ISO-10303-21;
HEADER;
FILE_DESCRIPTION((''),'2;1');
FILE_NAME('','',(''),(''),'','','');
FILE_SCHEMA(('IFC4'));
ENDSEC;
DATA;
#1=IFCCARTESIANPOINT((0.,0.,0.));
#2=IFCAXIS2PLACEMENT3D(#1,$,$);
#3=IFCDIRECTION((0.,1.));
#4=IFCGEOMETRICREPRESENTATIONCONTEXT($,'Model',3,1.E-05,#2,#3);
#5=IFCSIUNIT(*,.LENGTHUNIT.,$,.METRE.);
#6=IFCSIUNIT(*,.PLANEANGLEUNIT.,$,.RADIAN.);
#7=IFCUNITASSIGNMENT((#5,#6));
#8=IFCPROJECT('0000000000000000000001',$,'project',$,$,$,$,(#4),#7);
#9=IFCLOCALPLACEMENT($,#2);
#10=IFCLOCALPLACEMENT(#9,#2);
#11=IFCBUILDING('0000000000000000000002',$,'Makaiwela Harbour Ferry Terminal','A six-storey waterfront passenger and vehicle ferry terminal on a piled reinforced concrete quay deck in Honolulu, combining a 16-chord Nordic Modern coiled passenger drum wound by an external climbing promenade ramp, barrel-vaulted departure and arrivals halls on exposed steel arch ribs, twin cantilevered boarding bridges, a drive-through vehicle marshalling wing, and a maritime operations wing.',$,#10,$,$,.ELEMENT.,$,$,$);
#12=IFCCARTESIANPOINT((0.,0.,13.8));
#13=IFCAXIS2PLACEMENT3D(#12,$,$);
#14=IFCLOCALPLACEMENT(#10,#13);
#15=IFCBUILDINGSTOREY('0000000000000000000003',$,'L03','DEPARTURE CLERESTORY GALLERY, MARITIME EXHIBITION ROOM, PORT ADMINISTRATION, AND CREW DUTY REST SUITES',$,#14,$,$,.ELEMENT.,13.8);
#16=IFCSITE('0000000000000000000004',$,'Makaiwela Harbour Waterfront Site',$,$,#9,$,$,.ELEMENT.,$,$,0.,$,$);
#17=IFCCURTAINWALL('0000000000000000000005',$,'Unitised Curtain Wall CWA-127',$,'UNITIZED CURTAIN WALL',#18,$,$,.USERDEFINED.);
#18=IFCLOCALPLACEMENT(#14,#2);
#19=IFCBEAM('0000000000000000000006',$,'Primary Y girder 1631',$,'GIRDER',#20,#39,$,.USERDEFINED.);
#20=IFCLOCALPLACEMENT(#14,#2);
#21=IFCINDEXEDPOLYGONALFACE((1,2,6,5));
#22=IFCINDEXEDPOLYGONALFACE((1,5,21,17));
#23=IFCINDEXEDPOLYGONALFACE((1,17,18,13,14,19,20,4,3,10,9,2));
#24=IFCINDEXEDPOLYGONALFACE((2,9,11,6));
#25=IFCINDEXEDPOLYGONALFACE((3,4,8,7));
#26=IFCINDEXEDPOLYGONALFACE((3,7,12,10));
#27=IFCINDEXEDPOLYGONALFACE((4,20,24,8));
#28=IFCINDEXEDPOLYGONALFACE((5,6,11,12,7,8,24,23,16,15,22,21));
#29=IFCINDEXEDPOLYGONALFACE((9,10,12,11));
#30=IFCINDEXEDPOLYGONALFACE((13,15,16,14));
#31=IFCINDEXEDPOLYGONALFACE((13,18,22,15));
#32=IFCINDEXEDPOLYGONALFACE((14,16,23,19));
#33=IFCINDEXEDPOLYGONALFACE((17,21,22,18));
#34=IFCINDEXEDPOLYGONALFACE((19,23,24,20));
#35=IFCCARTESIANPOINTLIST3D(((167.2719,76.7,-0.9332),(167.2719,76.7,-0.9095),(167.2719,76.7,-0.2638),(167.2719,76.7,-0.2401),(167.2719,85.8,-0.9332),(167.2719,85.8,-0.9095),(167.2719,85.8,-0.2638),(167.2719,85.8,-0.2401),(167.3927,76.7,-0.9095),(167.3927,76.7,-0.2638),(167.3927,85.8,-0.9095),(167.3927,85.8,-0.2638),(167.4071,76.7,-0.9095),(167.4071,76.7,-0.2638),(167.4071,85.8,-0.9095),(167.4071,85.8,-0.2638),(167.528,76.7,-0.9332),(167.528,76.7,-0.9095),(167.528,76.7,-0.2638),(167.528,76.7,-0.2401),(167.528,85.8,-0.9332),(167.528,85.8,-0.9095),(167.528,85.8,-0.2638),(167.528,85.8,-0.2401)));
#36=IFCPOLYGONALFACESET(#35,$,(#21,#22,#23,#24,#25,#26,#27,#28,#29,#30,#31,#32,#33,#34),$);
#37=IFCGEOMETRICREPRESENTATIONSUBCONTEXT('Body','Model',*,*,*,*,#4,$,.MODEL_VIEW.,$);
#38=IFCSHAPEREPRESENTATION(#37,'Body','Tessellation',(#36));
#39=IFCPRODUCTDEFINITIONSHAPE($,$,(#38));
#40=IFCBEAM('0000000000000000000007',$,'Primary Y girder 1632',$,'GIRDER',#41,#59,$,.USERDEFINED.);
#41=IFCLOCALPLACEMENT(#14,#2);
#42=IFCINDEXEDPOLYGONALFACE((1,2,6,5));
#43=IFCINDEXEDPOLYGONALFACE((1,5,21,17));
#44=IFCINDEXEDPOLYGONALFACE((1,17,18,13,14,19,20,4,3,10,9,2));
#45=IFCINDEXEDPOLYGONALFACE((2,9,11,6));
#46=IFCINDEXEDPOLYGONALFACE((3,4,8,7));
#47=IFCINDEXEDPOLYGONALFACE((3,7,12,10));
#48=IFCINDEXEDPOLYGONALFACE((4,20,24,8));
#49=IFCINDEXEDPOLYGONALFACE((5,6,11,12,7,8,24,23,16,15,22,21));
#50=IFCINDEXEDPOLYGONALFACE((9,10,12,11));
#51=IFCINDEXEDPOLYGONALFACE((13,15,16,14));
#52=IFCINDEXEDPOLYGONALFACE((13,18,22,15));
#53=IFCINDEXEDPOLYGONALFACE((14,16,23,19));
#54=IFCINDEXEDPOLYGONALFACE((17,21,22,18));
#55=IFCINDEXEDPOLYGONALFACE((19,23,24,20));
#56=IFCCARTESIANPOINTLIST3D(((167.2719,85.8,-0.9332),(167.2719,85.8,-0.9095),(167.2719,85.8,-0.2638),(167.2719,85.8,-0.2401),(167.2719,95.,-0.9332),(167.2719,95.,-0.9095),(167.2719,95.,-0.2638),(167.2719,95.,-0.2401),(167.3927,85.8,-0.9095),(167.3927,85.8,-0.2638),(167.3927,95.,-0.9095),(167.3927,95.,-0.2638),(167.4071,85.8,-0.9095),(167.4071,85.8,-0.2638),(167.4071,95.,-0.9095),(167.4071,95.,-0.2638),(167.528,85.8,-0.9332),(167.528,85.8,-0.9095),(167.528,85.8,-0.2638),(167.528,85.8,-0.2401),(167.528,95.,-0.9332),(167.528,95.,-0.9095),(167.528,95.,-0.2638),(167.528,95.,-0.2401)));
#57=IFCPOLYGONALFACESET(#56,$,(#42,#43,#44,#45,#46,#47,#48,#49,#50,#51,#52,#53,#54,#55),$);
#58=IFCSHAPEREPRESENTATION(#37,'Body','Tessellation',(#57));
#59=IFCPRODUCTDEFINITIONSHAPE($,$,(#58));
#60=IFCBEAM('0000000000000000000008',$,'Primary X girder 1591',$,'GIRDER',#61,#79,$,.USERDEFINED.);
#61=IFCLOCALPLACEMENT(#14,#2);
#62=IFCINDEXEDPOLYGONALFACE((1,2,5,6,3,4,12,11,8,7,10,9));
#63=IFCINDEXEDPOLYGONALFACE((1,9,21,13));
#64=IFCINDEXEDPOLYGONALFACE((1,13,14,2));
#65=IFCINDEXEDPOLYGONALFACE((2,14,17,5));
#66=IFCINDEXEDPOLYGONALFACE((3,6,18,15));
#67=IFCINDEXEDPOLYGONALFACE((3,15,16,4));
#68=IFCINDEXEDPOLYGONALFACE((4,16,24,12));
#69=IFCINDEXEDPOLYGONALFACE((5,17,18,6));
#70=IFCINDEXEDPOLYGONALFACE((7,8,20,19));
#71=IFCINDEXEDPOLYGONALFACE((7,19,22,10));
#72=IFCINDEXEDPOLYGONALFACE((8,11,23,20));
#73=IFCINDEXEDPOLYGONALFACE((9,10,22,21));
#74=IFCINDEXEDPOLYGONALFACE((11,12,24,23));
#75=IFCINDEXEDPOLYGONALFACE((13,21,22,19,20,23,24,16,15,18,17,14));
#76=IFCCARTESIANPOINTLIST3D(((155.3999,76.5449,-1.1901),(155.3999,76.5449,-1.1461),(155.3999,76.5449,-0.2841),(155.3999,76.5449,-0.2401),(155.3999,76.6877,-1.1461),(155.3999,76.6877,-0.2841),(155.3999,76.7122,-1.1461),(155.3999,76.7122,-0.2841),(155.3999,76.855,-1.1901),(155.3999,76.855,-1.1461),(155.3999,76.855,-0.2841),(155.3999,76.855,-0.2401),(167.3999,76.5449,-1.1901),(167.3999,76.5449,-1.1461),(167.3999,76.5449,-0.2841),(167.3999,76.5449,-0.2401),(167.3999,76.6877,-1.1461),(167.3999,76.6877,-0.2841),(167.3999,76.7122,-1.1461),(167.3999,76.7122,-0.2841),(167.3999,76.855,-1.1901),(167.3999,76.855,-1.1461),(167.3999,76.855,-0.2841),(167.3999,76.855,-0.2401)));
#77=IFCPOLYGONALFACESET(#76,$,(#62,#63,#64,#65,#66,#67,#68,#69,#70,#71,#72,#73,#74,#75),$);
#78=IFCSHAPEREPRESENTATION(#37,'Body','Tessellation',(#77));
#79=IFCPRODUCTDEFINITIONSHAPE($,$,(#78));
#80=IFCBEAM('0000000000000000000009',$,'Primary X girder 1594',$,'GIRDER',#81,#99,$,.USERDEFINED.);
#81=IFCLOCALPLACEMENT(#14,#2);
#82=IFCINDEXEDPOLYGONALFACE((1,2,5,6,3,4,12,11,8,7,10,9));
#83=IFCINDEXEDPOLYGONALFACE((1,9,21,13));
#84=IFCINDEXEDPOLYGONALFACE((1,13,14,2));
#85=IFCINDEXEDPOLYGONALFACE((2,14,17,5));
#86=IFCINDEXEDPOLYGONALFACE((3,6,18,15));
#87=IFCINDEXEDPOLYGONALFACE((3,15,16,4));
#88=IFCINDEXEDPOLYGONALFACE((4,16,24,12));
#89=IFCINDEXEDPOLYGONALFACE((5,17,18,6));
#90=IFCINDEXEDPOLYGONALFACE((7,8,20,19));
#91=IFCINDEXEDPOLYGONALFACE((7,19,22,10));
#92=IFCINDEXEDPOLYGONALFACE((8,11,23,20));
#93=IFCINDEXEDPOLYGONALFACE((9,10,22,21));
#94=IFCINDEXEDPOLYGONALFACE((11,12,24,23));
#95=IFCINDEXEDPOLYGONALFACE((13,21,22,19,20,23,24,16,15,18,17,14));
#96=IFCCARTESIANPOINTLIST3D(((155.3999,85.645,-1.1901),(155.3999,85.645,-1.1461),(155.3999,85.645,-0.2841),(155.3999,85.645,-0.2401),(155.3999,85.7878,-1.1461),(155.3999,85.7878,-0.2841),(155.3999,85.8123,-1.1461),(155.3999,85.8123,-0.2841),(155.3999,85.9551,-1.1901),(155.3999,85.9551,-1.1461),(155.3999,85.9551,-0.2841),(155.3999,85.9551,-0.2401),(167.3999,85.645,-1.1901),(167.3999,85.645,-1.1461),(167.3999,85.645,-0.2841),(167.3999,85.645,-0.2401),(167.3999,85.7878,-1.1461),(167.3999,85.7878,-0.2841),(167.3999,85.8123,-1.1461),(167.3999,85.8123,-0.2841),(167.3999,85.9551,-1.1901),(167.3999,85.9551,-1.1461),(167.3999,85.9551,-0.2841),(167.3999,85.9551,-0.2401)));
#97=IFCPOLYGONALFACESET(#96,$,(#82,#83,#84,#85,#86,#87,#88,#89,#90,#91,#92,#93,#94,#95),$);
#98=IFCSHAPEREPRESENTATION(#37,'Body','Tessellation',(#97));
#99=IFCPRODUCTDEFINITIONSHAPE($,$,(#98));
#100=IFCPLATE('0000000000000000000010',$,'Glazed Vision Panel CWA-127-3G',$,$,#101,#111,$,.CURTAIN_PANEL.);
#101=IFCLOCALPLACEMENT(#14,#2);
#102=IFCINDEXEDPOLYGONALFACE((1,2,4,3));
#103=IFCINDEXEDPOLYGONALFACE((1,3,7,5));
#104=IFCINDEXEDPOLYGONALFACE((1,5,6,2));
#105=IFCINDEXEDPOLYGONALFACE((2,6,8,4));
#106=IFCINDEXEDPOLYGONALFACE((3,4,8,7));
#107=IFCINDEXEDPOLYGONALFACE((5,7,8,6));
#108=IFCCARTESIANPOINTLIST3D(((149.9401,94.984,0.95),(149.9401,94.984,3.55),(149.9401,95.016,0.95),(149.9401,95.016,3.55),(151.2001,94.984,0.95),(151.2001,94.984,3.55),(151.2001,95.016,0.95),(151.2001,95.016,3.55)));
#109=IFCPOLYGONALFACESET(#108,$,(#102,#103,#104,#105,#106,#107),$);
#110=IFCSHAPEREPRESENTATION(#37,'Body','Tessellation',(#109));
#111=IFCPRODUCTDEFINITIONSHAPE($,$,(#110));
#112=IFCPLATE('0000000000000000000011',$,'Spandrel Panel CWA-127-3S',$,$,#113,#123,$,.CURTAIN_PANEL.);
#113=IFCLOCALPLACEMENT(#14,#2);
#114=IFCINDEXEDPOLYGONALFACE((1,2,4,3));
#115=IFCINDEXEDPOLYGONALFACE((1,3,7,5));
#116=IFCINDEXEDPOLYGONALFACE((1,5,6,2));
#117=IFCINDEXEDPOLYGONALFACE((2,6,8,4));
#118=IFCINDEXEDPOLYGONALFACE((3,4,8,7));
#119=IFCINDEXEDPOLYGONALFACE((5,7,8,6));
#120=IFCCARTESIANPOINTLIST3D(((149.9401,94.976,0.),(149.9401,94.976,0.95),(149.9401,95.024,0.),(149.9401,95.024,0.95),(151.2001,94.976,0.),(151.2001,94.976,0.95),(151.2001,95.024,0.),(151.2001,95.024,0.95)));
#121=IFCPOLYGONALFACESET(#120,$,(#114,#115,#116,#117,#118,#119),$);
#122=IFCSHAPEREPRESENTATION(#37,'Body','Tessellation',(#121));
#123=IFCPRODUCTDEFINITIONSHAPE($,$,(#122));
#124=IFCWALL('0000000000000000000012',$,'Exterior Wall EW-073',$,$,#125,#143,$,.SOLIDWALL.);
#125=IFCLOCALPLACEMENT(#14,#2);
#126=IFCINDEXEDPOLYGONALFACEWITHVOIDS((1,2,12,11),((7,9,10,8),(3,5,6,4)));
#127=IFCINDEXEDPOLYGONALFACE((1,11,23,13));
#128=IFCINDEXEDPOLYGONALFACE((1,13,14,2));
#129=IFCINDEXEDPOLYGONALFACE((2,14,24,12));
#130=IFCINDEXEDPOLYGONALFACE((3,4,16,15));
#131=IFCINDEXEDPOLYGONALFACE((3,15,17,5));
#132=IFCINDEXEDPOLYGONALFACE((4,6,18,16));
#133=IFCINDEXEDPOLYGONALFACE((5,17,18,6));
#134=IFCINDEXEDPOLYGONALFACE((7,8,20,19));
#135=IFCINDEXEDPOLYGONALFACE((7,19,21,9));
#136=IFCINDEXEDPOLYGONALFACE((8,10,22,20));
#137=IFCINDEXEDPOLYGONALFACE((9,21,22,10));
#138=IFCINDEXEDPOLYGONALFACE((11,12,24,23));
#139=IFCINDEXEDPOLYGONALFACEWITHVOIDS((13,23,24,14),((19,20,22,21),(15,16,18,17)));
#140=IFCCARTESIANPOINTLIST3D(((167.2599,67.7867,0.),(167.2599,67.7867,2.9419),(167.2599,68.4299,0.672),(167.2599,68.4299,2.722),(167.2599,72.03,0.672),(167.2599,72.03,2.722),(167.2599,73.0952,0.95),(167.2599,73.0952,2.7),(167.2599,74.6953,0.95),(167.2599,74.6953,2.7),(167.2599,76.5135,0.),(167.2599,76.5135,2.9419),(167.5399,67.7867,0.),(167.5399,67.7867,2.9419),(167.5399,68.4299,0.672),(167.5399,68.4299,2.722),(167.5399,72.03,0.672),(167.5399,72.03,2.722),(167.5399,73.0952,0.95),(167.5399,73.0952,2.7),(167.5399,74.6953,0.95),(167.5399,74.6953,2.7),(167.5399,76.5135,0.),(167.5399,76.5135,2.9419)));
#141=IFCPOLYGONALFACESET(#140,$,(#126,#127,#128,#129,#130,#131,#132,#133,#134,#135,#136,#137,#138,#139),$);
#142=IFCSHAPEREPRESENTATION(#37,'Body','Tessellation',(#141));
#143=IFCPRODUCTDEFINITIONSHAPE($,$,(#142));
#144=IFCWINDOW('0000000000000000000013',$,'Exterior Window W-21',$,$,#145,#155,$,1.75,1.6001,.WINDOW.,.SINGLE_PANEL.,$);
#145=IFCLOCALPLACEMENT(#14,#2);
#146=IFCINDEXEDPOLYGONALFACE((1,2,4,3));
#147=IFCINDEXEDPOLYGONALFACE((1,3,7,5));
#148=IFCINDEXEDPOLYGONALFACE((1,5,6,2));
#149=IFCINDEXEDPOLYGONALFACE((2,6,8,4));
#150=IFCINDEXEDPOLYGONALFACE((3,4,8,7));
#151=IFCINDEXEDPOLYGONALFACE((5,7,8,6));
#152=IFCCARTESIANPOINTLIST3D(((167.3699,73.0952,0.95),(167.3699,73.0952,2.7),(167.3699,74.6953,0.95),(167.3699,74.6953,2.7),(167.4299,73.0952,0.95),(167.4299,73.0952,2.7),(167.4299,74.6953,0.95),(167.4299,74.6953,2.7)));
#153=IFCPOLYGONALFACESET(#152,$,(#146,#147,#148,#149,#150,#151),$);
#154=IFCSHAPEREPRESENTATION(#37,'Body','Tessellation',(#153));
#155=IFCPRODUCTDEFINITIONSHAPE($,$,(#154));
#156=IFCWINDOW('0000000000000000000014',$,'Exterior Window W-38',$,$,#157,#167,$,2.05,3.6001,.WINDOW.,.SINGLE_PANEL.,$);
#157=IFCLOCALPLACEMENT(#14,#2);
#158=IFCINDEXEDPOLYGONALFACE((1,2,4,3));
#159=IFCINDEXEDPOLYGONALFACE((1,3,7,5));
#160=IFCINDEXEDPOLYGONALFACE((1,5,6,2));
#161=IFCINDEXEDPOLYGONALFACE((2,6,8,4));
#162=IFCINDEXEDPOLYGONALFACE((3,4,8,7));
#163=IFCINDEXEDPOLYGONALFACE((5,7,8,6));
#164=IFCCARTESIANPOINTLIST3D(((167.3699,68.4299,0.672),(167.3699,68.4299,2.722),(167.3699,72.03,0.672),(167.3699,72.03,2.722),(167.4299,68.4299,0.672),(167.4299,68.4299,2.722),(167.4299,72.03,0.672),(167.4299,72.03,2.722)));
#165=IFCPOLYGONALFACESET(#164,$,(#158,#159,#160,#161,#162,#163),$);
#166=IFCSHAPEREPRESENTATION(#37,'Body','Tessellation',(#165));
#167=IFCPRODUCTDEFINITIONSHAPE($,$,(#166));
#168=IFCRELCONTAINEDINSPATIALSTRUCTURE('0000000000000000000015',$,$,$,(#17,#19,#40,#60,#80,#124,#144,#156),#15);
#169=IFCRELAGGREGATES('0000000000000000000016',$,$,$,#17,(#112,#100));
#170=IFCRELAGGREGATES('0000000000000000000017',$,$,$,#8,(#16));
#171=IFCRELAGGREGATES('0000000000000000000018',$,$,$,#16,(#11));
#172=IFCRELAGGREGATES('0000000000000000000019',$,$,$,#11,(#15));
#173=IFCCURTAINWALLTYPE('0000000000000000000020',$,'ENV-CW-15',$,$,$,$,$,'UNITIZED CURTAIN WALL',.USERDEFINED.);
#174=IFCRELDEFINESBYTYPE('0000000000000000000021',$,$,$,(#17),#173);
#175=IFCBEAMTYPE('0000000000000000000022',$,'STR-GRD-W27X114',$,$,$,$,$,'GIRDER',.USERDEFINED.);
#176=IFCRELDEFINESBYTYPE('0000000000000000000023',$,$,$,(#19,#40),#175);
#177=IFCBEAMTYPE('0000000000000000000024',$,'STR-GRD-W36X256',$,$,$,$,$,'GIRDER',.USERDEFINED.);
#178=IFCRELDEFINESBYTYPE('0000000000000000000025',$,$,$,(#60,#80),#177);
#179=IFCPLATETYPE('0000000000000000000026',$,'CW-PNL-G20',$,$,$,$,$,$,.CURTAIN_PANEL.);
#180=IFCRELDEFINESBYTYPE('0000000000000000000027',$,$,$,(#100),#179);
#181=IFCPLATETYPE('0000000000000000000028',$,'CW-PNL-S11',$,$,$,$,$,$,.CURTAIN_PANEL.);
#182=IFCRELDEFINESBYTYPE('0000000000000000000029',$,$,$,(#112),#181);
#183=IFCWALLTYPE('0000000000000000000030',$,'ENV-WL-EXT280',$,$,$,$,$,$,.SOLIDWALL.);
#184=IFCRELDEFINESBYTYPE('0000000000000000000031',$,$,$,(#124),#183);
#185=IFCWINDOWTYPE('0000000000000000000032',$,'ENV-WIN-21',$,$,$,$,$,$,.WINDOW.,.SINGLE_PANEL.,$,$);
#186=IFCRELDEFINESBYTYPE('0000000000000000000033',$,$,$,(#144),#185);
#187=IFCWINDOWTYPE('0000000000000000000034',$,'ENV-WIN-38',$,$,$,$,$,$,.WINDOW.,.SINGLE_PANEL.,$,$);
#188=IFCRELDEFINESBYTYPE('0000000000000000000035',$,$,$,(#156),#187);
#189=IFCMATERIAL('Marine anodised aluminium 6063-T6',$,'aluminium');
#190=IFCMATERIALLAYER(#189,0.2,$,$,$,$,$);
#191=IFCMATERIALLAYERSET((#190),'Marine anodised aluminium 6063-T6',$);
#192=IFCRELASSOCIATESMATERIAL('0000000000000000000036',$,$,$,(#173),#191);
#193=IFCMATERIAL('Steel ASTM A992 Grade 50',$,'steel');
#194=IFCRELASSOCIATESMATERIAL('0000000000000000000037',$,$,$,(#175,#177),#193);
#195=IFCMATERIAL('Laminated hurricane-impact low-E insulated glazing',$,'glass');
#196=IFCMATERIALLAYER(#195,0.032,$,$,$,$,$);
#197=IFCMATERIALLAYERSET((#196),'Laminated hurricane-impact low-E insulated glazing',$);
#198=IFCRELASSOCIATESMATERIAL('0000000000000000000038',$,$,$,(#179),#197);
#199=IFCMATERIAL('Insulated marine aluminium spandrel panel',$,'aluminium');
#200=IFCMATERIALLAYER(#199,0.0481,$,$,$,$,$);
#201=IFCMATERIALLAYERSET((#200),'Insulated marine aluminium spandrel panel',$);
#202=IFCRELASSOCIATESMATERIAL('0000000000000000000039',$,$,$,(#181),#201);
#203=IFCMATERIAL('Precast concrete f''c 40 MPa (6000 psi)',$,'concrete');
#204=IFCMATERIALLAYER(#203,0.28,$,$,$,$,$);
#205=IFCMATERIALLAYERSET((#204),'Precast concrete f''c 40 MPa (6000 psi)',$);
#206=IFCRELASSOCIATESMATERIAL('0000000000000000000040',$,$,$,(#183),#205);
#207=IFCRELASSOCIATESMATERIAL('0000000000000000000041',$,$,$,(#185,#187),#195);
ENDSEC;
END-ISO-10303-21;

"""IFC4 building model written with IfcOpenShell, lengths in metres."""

from ifc_helpers import new_model, si_unit, direction, frame, frame_2d, origin, origin_2d, place, context, subcontext, project, spatial, rectangle, i_section, extrude, material, layer, layer_set, material_profile, profile_set, type_object, element, fill, aggregate, save


model = new_model("IFC4")

# Units and contexts
model_context = context("Model", 3, precision=1e-05, world=origin(), true_north=direction((0.0, 1.0)))
body_context = subcontext(model_context, "Body", "Model", "MODEL_VIEW")
ifc_project = project(units=[si_unit("LENGTHUNIT", "METRE"), si_unit("PLANEANGLEUNIT", "RADIAN")], contexts=[model_context])

# Site, building, storey
site_placement = place(None, origin())
site = spatial("IfcSite", under=ifc_project, at=site_placement, Name="Makaiwela Harbour Waterfront Site", CompositionType="ELEMENT", RefElevation=0.0)
building_placement = place(site_placement, origin())
building = spatial("IfcBuilding", under=site, at=building_placement, Name="Makaiwela Harbour Ferry Terminal", Description="A six-storey waterfront passenger and vehicle ferry terminal on a piled reinforced concrete quay deck in Honolulu, combining a 16-chord Nordic Modern coiled passenger drum wound by an external climbing promenade ramp, barrel-vaulted departure and arrivals halls on exposed steel arch ribs, twin cantilevered boarding bridges, a drive-through vehicle marshalling wing, and a maritime operations wing.", CompositionType="ELEMENT")
storey_placement = place(building_placement, frame((0.0, 0.0, 13.8)))
storey = spatial("IfcBuildingStorey", under=building, at=storey_placement, Name="L03", Description="DEPARTURE CLERESTORY GALLERY, MARITIME EXHIBITION ROOM, PORT ADMINISTRATION, AND CREW DUTY REST SUITES", CompositionType="ELEMENT", Elevation=13.8)

# Shared definitions
ifc_material_1 = material(Name="Steel ASTM A992 Grade 50", Category="steel")

# Curtain wall
ifc_material_2 = material(Name="Marine anodised aluminium 6063-T6", Category="aluminium")
ifc_layer_1 = layer(ifc_material_2, 0.2)
ifc_layer_set_1 = layer_set([ifc_layer_1], Name="Marine anodised aluminium 6063-T6")
curtain_wall_type = type_object("IfcCurtainWallType", Name="ENV-CW-15", ElementType="UNITIZED CURTAIN WALL", PredefinedType="USERDEFINED", material=ifc_layer_set_1)
curtain_wall_placement = place(storey_placement, origin())
curtain_wall = element("IfcCurtainWall", 1, at=curtain_wall_placement, inside=storey, type_object=curtain_wall_type, Name="Unitised Curtain Wall CWA-127", ObjectType="UNITIZED CURTAIN WALL", PredefinedType="USERDEFINED")

# Beams
ifc_material_profile_1 = material_profile(ifc_material_1, i_section(OverallWidth=0.2561, OverallDepth=0.6931, WebThickness=0.0144, FlangeThickness=0.0237, at=origin_2d()), Name="W27X114")
ifc_profile_set_1 = profile_set([ifc_material_profile_1], Name="Steel ASTM A992 Grade 50")
beam_type_1 = type_object("IfcBeamType", Name="STR-GRD-W27X114", ElementType="GIRDER", PredefinedType="USERDEFINED", material=ifc_profile_set_1)
beam_1_placement = place(storey_placement, frame((167.3999, 76.7, -0.5867), z_axis=(0.0, 1.0, 0.0), x_axis=(-1.0, 0.0, 0.0)))
element("IfcBeam", 2, at=beam_1_placement, inside=storey, type_object=beam_type_1, Name="Primary Y girder 1631", ObjectType="GIRDER", PredefinedType="USERDEFINED", context=body_context, shape_type="SweptSolid", body=[
    extrude(i_section(OverallWidth=0.2561, OverallDepth=0.6931, WebThickness=0.0144, FlangeThickness=0.0237, at=origin_2d()), origin(), (0.0, 0.0, 1.0), 9.1001),
])
beam_2_placement = place(storey_placement, frame((167.3999, 85.8, -0.5867), z_axis=(0.0, 1.0, 0.0), x_axis=(-1.0, 0.0, 0.0)))
element("IfcBeam", 3, at=beam_2_placement, inside=storey, type_object=beam_type_1, Name="Primary Y girder 1632", ObjectType="GIRDER", PredefinedType="USERDEFINED", context=body_context, shape_type="SweptSolid", body=[
    extrude(i_section(OverallWidth=0.2561, OverallDepth=0.6931, WebThickness=0.0144, FlangeThickness=0.0237, at=origin_2d()), origin(), (0.0, 0.0, 1.0), 9.2),
])
ifc_material_profile_2 = material_profile(ifc_material_1, i_section(OverallWidth=0.3101, OverallDepth=0.95, WebThickness=0.0244, FlangeThickness=0.0439, at=origin_2d()), Name="W36X256")
ifc_profile_set_2 = profile_set([ifc_material_profile_2], Name="Steel ASTM A992 Grade 50")
beam_type_2 = type_object("IfcBeamType", Name="STR-GRD-W36X256", ElementType="GIRDER", PredefinedType="USERDEFINED", material=ifc_profile_set_2)
for number, where, z_axis, x_axis, name in (
    (4, (155.3999, 76.7, -0.7151), (1.0, 0.0, 0.0), (0.0, 1.0, 0.0), "Primary X girder 1591"),
    (5, (155.3999, 85.8, -0.7151), (1.0, 0.0, 0.0), (0.0, 1.0, 0.0), "Primary X girder 1594"),
):
    element("IfcBeam", number, at=place(storey_placement, frame(where, z_axis=z_axis, x_axis=x_axis)), inside=storey, type_object=beam_type_2, Name=name, ObjectType="GIRDER", PredefinedType="USERDEFINED", context=body_context, shape_type="SweptSolid", body=[
        extrude(i_section(OverallWidth=0.3101, OverallDepth=0.95, WebThickness=0.0244, FlangeThickness=0.0439, at=origin_2d()), origin(), (0.0, 0.0, 1.0), 12.0),
    ])

# Plates
ifc_material_3 = material(Name="Laminated hurricane-impact low-E insulated glazing", Category="glass")
ifc_layer_2 = layer(ifc_material_3, 0.032)
ifc_layer_set_2 = layer_set([ifc_layer_2], Name="Laminated hurricane-impact low-E insulated glazing")
plate_type_1 = type_object("IfcPlateType", Name="CW-PNL-G20", PredefinedType="CURTAIN_PANEL", material=ifc_layer_set_2)
plate_1_placement = place(storey_placement, frame((150.5701, 95.0, 0.95), z_axis=(0.0, 0.0, 1.0), x_axis=(1.0, 0.0, 0.0)))
plate_1 = element("IfcPlate", 6, at=plate_1_placement, type_object=plate_type_1, Name="Glazed Vision Panel CWA-127-3G", PredefinedType="CURTAIN_PANEL", context=body_context, shape_type="SweptSolid", body=[
    extrude(rectangle(XDim=1.26, YDim=0.032, at=origin_2d()), origin(), (0.0, 0.0, 1.0), 2.6001),
])
ifc_material_4 = material(Name="Insulated marine aluminium spandrel panel", Category="aluminium")
ifc_layer_3 = layer(ifc_material_4, 0.0481)
ifc_layer_set_3 = layer_set([ifc_layer_3], Name="Insulated marine aluminium spandrel panel")
plate_type_2 = type_object("IfcPlateType", Name="CW-PNL-S11", PredefinedType="CURTAIN_PANEL", material=ifc_layer_set_3)
plate_2_placement = place(storey_placement, frame((150.5701, 95.0, 0.0), z_axis=(0.0, 0.0, 1.0), x_axis=(1.0, 0.0, 0.0)))
plate_2 = element("IfcPlate", 7, at=plate_2_placement, type_object=plate_type_2, Name="Spandrel Panel CWA-127-3S", PredefinedType="CURTAIN_PANEL", context=body_context, shape_type="SweptSolid", body=[
    extrude(rectangle(XDim=1.26, YDim=0.0481, at=origin_2d()), origin(), (0.0, 0.0, 1.0), 0.95),
])
aggregate(curtain_wall, [plate_2, plate_1])

# Wall, openings, windows
ifc_material_5 = material(Name="Precast concrete f'c 40 MPa (6000 psi)", Category="concrete")
ifc_layer_4 = layer(ifc_material_5, 0.28)
ifc_layer_set_4 = layer_set([ifc_layer_4], Name="Precast concrete f'c 40 MPa (6000 psi)")
wall_type = type_object("IfcWallType", Name="ENV-WL-EXT280", PredefinedType="SOLIDWALL", material=ifc_layer_set_4)
wall_1_placement = place(storey_placement, frame((167.3999, 76.5134, 0.0), z_axis=(0.0, 0.0, 1.0), x_axis=(0.0, -1.0, 0.0)))
wall_1 = element("IfcWall", 8, at=wall_1_placement, inside=storey, type_object=wall_type, Name="Exterior Wall EW-073", PredefinedType="SOLIDWALL", context=body_context, shape_type="SweptSolid", body=[
    extrude(rectangle(XDim=8.7268, YDim=0.28, at=frame_2d((4.3633, 0.0))), origin(), (0.0, 0.0, 1.0), 2.9419),
])
opening_1_placement = place(wall_1_placement, frame((1.8181, 0.0, 0.95)))
opening_1 = element("IfcOpeningElement", 9, at=opening_1_placement, cuts=wall_1, PredefinedType="OPENING", context=body_context, shape_type="SweptSolid", body=[
    extrude(rectangle(XDim=1.6001, YDim=1.75, at=frame_2d((0.8, 0.875))), frame((0.0, 0.1499, 0.0), z_axis=(0.0, -1.0, 0.0), x_axis=(1.0, 0.0, 0.0)), (0.0, 0.0, 1.0), 0.3),
])
opening_2_placement = place(wall_1_placement, frame((4.4834, 0.0, 0.6721)))
opening_2 = element("IfcOpeningElement", 10, at=opening_2_placement, cuts=wall_1, PredefinedType="OPENING", context=body_context, shape_type="SweptSolid", body=[
    extrude(rectangle(XDim=3.6001, YDim=2.05, at=frame_2d((1.8, 1.0249))), frame((0.0, 0.1499, 0.0), z_axis=(0.0, -1.0, 0.0), x_axis=(1.0, 0.0, 0.0)), (0.0, 0.0, 1.0), 0.3),
])
window_type_1 = type_object("IfcWindowType", Name="ENV-WIN-21", PartitioningType="SINGLE_PANEL", PredefinedType="WINDOW", material=ifc_material_3)
window_1_placement = place(opening_1_placement, origin())
window_1 = element("IfcWindow", 11, at=window_1_placement, inside=storey, type_object=window_type_1, Name="Exterior Window W-21", OverallHeight=1.75, OverallWidth=1.6001, PartitioningType="SINGLE_PANEL", PredefinedType="WINDOW", context=body_context, shape_type="SweptSolid", body=[
    extrude(rectangle(XDim=1.6001, YDim=1.75, at=frame_2d((0.8, 0.875))), frame((0.0, 0.03, 0.0), z_axis=(0.0, -1.0, 0.0), x_axis=(1.0, 0.0, 0.0)), (0.0, 0.0, 1.0), 0.0601),
])
fill(opening_1, window_1)
window_type_2 = type_object("IfcWindowType", Name="ENV-WIN-38", PartitioningType="SINGLE_PANEL", PredefinedType="WINDOW", material=ifc_material_3)
window_2_placement = place(opening_2_placement, origin())
window_2 = element("IfcWindow", 12, at=window_2_placement, inside=storey, type_object=window_type_2, Name="Exterior Window W-38", OverallHeight=2.05, OverallWidth=3.6001, PartitioningType="SINGLE_PANEL", PredefinedType="WINDOW", context=body_context, shape_type="SweptSolid", body=[
    extrude(rectangle(XDim=3.6001, YDim=2.05, at=frame_2d((1.8, 1.0249))), frame((0.0, 0.03, 0.0), z_axis=(0.0, -1.0, 0.0), x_axis=(1.0, 0.0, 0.0)), (0.0, 0.0, 1.0), 0.0601),
])
fill(opening_2, window_2)

save(model, "model.ifc")
